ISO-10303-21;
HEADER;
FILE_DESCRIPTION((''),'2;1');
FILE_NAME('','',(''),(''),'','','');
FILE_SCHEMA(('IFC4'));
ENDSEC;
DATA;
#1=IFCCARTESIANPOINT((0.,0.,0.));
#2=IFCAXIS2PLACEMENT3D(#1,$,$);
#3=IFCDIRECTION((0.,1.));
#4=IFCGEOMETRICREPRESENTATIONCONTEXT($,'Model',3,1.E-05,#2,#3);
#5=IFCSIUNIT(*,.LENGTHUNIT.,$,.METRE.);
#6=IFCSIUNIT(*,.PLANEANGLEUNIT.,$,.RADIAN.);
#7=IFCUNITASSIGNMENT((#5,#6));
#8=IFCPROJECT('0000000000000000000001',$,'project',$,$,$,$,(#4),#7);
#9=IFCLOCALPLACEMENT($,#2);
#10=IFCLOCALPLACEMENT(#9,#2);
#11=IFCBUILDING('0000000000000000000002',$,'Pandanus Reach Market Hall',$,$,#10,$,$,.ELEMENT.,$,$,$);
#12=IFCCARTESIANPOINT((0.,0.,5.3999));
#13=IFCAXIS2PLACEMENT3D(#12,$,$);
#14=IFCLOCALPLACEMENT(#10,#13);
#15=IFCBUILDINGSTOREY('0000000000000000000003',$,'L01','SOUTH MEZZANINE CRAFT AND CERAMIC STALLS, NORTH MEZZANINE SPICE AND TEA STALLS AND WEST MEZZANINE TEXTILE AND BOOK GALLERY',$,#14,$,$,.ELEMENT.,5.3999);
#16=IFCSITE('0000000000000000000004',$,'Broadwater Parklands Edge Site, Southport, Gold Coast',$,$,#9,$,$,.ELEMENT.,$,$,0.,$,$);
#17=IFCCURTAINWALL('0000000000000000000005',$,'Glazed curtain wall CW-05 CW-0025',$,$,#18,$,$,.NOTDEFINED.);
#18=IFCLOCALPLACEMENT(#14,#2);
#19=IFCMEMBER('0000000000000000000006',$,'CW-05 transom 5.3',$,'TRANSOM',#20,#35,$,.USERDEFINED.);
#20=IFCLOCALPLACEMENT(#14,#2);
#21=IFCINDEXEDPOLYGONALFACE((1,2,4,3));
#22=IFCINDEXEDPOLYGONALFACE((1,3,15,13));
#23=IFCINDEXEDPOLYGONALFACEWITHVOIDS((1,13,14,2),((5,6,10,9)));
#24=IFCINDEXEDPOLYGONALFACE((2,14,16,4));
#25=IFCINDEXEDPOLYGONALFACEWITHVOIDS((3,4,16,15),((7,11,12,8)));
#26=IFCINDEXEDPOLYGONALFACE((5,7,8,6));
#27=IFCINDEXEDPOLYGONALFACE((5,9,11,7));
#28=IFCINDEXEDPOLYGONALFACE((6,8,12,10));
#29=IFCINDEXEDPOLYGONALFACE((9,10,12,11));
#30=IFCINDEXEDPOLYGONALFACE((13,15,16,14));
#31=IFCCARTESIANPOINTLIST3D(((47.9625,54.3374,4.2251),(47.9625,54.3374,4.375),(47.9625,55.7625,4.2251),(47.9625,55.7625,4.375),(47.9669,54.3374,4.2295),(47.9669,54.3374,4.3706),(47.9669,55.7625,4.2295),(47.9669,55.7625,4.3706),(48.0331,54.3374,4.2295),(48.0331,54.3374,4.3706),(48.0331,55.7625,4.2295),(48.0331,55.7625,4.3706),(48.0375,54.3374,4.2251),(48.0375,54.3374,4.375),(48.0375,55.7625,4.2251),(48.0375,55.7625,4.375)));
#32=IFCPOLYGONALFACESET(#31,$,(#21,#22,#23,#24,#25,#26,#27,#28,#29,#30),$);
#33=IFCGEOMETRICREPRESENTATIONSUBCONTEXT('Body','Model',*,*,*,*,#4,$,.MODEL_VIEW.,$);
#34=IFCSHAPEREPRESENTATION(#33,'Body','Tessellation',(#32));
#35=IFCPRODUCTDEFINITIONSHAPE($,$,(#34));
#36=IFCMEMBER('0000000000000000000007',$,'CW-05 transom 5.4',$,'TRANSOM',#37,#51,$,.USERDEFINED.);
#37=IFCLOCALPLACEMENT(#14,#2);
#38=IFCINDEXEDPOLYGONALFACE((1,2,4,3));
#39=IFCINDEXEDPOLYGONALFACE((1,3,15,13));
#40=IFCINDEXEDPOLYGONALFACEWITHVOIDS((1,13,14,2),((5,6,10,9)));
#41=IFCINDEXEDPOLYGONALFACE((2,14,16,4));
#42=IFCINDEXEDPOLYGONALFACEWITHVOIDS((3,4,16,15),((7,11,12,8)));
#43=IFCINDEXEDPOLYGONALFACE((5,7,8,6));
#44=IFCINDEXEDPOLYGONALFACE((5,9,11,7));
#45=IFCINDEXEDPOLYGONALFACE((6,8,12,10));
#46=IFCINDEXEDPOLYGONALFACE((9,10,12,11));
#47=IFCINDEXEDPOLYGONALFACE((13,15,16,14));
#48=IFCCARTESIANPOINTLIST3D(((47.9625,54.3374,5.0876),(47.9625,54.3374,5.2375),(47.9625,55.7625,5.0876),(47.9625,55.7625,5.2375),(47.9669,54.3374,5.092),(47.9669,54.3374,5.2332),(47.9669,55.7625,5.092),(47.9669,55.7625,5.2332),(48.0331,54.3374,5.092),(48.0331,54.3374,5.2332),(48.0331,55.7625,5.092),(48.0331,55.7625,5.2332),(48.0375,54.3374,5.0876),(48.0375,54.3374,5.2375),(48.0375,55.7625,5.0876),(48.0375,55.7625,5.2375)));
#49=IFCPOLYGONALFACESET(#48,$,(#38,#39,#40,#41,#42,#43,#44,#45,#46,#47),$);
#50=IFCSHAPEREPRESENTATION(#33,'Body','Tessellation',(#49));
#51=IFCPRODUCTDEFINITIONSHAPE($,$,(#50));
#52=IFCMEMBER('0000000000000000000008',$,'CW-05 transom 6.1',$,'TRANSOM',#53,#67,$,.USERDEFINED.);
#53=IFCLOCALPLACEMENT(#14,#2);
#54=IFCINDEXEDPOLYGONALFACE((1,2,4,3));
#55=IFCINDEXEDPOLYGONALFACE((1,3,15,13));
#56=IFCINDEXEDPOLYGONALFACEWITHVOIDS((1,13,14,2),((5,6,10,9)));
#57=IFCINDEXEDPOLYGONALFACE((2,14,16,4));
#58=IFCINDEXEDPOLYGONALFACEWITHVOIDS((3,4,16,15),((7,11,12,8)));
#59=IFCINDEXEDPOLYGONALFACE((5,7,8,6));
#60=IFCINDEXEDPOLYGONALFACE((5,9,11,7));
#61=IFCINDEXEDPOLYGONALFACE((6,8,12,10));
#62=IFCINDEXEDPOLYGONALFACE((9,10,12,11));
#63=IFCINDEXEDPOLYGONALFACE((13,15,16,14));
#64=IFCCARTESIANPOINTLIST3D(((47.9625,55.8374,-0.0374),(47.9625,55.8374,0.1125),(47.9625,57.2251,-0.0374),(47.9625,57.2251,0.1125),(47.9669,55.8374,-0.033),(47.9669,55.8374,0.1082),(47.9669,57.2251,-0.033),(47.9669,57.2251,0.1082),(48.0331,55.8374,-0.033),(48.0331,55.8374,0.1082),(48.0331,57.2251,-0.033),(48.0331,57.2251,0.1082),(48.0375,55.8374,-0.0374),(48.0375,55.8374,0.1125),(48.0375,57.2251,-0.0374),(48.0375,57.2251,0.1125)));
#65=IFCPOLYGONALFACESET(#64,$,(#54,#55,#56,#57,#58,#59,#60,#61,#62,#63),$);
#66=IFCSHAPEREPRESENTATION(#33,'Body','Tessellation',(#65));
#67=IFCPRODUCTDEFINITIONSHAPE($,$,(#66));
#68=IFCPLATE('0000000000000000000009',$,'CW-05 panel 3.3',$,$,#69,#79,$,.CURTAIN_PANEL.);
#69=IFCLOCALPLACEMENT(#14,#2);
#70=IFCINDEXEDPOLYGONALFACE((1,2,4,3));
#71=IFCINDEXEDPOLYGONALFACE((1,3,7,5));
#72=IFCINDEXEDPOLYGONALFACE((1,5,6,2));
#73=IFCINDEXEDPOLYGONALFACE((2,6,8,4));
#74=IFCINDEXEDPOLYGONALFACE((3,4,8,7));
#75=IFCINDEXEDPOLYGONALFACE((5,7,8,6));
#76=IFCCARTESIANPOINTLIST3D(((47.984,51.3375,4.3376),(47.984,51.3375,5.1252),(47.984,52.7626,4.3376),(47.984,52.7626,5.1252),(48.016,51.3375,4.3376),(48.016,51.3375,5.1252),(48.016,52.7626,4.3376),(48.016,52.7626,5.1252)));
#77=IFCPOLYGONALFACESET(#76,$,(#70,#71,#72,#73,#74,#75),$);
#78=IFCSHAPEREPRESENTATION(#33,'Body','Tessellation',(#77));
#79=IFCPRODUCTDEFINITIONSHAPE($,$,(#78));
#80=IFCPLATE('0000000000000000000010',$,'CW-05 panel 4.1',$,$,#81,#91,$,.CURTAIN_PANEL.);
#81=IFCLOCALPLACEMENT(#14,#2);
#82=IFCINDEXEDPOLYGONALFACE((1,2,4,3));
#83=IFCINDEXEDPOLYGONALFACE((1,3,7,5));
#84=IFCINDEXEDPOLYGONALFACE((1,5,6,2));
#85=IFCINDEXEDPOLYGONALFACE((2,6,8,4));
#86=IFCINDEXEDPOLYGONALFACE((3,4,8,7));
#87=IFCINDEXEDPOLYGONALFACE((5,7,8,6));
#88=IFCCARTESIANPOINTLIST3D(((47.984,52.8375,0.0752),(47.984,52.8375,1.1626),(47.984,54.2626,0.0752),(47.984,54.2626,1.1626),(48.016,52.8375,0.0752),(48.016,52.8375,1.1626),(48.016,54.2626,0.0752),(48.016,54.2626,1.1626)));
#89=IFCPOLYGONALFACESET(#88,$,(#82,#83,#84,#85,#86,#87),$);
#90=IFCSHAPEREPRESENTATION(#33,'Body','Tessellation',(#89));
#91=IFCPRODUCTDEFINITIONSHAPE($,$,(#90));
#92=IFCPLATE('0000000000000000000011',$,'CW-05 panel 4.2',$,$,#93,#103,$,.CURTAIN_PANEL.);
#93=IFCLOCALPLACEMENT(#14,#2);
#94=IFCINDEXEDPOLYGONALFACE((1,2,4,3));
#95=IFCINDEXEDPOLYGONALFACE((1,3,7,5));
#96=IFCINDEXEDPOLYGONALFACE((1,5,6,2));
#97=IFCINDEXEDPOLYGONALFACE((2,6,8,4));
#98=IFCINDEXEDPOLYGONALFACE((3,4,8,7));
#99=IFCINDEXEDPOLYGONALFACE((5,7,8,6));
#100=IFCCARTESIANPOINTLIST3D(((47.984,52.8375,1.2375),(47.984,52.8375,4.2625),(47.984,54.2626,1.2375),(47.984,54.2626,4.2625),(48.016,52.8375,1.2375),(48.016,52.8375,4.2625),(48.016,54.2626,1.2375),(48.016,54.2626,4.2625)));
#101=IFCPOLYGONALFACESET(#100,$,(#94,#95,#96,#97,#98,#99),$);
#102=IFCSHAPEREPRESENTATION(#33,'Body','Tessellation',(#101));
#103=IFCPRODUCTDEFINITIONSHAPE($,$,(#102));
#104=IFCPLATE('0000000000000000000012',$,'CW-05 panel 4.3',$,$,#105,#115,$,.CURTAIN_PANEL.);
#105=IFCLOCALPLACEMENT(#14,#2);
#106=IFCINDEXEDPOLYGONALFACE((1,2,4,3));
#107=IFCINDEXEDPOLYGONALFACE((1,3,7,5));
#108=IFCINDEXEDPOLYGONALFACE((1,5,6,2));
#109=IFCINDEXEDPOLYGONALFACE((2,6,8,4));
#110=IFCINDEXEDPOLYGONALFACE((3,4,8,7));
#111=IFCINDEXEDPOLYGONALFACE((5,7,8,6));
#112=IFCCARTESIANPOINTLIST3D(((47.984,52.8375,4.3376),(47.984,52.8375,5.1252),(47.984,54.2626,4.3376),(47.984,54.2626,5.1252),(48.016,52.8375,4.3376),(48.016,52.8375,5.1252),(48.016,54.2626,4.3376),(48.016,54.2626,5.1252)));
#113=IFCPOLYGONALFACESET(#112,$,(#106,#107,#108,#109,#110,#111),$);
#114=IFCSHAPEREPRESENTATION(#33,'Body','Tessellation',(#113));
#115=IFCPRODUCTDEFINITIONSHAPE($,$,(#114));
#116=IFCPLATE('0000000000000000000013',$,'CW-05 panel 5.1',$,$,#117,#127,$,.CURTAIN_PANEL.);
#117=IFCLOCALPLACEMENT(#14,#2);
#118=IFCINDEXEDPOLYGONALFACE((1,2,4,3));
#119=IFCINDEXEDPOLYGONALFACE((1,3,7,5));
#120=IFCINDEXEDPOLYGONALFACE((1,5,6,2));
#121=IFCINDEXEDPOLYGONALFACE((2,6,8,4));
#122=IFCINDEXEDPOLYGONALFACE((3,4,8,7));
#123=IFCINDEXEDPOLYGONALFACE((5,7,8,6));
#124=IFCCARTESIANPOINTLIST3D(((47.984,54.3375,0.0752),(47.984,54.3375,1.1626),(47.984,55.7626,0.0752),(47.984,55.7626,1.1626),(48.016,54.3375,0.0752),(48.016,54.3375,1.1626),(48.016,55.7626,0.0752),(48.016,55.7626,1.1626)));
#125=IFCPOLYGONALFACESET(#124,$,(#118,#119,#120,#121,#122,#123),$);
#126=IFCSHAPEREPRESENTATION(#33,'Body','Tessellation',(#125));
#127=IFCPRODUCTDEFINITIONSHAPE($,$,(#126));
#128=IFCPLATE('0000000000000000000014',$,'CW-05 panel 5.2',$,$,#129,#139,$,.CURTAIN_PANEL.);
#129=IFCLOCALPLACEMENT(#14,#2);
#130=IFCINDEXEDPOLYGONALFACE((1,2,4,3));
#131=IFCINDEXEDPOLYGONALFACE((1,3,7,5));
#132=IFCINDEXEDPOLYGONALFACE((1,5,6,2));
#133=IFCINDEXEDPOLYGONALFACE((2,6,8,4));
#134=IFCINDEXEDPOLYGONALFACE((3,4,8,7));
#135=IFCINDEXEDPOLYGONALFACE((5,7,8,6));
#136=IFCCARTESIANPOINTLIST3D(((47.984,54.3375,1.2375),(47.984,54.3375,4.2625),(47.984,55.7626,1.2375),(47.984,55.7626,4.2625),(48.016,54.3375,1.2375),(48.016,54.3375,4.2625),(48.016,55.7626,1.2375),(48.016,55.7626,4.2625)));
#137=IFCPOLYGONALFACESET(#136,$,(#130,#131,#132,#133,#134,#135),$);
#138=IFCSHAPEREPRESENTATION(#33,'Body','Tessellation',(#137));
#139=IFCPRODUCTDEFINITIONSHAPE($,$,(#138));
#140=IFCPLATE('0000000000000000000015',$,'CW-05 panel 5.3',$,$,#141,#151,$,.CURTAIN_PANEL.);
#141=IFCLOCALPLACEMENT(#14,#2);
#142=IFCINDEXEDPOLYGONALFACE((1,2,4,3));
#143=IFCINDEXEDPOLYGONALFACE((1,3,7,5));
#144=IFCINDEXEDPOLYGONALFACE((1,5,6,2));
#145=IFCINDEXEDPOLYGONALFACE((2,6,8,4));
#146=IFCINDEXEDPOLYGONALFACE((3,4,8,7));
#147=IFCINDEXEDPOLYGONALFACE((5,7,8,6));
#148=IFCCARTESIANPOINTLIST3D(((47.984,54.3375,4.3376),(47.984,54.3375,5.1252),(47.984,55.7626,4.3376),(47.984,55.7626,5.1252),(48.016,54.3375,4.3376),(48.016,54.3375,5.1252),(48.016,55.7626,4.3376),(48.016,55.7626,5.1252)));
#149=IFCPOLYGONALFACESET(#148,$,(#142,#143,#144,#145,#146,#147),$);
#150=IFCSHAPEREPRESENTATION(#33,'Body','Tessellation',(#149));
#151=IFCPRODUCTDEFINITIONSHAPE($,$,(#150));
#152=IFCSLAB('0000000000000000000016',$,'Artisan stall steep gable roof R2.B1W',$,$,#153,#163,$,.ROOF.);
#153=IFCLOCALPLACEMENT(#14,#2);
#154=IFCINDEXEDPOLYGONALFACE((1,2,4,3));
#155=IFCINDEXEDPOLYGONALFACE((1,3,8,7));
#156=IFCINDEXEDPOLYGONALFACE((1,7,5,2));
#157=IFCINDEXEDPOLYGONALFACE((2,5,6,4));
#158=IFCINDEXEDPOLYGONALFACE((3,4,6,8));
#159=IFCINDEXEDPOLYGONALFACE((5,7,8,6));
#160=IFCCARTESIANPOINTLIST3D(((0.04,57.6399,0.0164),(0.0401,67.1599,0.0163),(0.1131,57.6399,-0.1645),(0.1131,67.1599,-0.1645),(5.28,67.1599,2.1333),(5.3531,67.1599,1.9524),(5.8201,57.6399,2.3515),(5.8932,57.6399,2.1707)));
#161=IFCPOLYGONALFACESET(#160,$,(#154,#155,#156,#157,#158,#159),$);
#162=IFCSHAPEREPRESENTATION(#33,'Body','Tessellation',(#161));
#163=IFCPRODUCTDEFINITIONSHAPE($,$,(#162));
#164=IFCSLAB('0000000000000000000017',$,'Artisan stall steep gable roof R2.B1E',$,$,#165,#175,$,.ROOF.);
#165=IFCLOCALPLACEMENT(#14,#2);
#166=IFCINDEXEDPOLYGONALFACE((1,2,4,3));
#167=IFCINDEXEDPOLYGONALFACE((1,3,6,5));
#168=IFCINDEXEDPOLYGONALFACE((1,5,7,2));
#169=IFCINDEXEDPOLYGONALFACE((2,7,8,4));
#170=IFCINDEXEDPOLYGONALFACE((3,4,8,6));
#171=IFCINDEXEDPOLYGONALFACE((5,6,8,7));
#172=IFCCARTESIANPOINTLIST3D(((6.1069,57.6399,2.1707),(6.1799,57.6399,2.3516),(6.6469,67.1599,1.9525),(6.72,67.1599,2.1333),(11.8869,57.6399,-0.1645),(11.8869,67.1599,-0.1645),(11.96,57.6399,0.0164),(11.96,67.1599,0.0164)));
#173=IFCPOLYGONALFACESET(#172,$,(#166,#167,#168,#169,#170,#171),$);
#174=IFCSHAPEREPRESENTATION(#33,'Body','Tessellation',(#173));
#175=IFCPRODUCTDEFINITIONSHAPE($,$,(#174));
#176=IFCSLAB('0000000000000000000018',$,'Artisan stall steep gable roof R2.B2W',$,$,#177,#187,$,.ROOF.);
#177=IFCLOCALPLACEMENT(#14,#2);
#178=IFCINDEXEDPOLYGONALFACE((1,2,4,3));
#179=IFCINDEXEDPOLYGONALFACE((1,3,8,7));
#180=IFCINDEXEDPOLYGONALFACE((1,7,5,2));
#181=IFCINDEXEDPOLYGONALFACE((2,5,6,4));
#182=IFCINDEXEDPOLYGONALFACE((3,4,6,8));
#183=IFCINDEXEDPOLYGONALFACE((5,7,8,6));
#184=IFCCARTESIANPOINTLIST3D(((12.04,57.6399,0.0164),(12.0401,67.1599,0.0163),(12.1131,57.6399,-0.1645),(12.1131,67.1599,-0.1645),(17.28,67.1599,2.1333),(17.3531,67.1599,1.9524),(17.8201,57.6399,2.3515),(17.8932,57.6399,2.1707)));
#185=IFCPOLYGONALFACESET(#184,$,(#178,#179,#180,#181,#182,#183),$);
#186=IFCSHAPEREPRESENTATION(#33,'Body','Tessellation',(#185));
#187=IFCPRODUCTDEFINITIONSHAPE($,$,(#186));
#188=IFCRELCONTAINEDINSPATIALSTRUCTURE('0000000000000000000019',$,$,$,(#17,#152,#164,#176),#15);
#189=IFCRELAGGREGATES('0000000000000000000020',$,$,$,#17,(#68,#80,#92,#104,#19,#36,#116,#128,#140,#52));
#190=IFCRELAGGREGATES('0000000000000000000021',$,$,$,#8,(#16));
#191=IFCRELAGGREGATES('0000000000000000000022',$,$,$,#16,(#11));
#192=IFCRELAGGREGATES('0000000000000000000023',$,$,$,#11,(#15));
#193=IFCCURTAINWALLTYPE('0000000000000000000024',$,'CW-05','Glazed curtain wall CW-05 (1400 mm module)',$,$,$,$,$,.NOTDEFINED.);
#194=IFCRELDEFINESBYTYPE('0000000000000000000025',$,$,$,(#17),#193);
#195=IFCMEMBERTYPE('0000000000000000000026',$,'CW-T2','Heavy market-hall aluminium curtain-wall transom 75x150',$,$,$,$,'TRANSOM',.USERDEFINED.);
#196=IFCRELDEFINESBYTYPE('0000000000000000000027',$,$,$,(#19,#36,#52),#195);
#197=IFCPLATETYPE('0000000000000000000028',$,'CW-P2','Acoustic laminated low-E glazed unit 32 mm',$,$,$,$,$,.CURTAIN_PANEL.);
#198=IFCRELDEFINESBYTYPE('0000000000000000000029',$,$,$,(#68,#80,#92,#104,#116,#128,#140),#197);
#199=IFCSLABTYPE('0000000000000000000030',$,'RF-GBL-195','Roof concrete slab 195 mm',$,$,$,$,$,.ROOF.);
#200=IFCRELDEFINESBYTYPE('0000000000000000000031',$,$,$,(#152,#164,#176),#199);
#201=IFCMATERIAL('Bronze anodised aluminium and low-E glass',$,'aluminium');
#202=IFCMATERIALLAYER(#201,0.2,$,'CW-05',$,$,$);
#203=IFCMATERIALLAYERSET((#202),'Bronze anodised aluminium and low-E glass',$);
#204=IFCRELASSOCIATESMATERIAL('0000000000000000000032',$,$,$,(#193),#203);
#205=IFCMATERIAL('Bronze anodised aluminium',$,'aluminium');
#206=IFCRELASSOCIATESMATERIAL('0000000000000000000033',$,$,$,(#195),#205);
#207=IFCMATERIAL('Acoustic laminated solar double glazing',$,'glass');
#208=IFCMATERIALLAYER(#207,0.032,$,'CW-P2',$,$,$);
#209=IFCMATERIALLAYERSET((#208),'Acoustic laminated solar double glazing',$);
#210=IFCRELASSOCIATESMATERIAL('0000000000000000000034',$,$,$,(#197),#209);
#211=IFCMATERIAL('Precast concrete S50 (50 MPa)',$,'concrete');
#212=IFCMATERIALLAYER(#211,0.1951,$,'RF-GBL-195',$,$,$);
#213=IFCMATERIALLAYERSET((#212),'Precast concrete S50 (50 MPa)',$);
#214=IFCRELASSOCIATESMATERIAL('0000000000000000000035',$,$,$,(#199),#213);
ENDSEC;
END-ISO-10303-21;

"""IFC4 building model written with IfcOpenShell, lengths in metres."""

from ifc_helpers import new_model, si_unit, direction, frame, origin, origin_2d, place, context, subcontext, project, spatial, polyline, rectangle, hollow_rectangle, outline, extrude, material, layer, layer_set, material_profile, profile_set, type_object, element, aggregate, save


model = new_model("IFC4")

# Units and contexts
model_context = context("Model", 3, precision=1e-05, world=origin(), true_north=direction((0.0, 1.0)))
body_context = subcontext(model_context, "Body", "Model", "MODEL_VIEW")
ifc_project = project(units=[si_unit("LENGTHUNIT", "METRE"), si_unit("PLANEANGLEUNIT", "RADIAN")], contexts=[model_context])

# Site, building, storey
site_placement = place(None, origin())
site = spatial("IfcSite", under=ifc_project, at=site_placement, Name="Broadwater Parklands Edge Site, Southport, Gold Coast", CompositionType="ELEMENT", RefElevation=0.0)
building_placement = place(site_placement, origin())
building = spatial("IfcBuilding", under=site, at=building_placement, Name="Pandanus Reach Market Hall", CompositionType="ELEMENT")
storey_placement = place(building_placement, frame((0.0, 0.0, 5.3999)))
storey = spatial("IfcBuildingStorey", under=building, at=storey_placement, Name="L01", Description="SOUTH MEZZANINE CRAFT AND CERAMIC STALLS, NORTH MEZZANINE SPICE AND TEA STALLS AND WEST MEZZANINE TEXTILE AND BOOK GALLERY", CompositionType="ELEMENT", Elevation=5.3999)

# Curtain wall, members, plates
ifc_material_1 = material(Name="Bronze anodised aluminium and low-E glass", Category="aluminium")
ifc_layer_1 = layer(ifc_material_1, 0.2, Name="CW-05")
ifc_layer_set_1 = layer_set([ifc_layer_1], Name="Bronze anodised aluminium and low-E glass")
curtain_wall_type = type_object("IfcCurtainWallType", Name="CW-05", Description="Glazed curtain wall CW-05 (1400 mm module)", PredefinedType="NOTDEFINED", material=ifc_layer_set_1)
curtain_wall_placement = place(storey_placement, origin())
curtain_wall = element("IfcCurtainWall", 1, at=curtain_wall_placement, inside=storey, type_object=curtain_wall_type, Name="Glazed curtain wall CW-05 CW-0025", PredefinedType="NOTDEFINED")
ifc_material_2 = material(Name="Bronze anodised aluminium", Category="aluminium")
ifc_material_profile_1 = material_profile(ifc_material_2, hollow_rectangle(XDim=0.075, YDim=0.1499, WallThickness=0.0044, at=origin_2d()), Name="ALU75x150", Category="LoadBearing")
ifc_profile_set_1 = profile_set([ifc_material_profile_1], Name="Bronze anodised aluminium")
member_type_1 = type_object("IfcMemberType", Name="CW-T2", Description="Heavy market-hall aluminium curtain-wall transom 75x150", ElementType="TRANSOM", PredefinedType="USERDEFINED", material=ifc_profile_set_1)
member_1_placement = place(storey_placement, frame((48.0, 54.3374, 4.3), z_axis=(0.0, 1.0, 0.0), x_axis=(-1.0, 0.0, 0.0)))
member_1 = element("IfcMember", 2, at=member_1_placement, type_object=member_type_1, Name="CW-05 transom 5.3", ObjectType="TRANSOM", PredefinedType="USERDEFINED", context=body_context, shape_type="SweptSolid", body=[
    extrude(hollow_rectangle(XDim=0.075, YDim=0.1499, WallThickness=0.0044, at=origin_2d()), origin(), (0.0, 0.0, 1.0), 1.425),
])
member_2_placement = place(storey_placement, frame((48.0, 54.3374, 5.1626), z_axis=(0.0, 1.0, 0.0), x_axis=(-1.0, 0.0, 0.0)))
member_2 = element("IfcMember", 3, at=member_2_placement, type_object=member_type_1, Name="CW-05 transom 5.4", ObjectType="TRANSOM", PredefinedType="USERDEFINED", context=body_context, shape_type="SweptSolid", body=[
    extrude(hollow_rectangle(XDim=0.075, YDim=0.1499, WallThickness=0.0044, at=origin_2d()), origin(), (0.0, 0.0, 1.0), 1.425),
])
member_3_placement = place(storey_placement, frame((48.0, 55.8374, 0.0376), z_axis=(0.0, 1.0, 0.0), x_axis=(-1.0, 0.0, 0.0)))
member_3 = element("IfcMember", 4, at=member_3_placement, type_object=member_type_1, Name="CW-05 transom 6.1", ObjectType="TRANSOM", PredefinedType="USERDEFINED", context=body_context, shape_type="SweptSolid", body=[
    extrude(hollow_rectangle(XDim=0.075, YDim=0.1499, WallThickness=0.0044, at=origin_2d()), origin(), (0.0, 0.0, 1.0), 1.3877),
])
ifc_material_3 = material(Name="Acoustic laminated solar double glazing", Category="glass")
ifc_layer_2 = layer(ifc_material_3, 0.032, Name="CW-P2")
ifc_layer_set_2 = layer_set([ifc_layer_2], Name="Acoustic laminated solar double glazing")
plate_type = type_object("IfcPlateType", Name="CW-P2", Description="Acoustic laminated low-E glazed unit 32 mm", PredefinedType="CURTAIN_PANEL", material=ifc_layer_set_2)
plate_1_placement = place(storey_placement, frame((48.0, 52.05, 4.3376), z_axis=(0.0, 0.0, 1.0), x_axis=(0.0, 1.0, 0.0)))
plate_1 = element("IfcPlate", 5, at=plate_1_placement, type_object=plate_type, Name="CW-05 panel 3.3", PredefinedType="CURTAIN_PANEL", context=body_context, shape_type="SweptSolid", body=[
    extrude(rectangle(XDim=1.425, YDim=0.032, at=origin_2d()), origin(), (0.0, 0.0, 1.0), 0.7876),
])
plate_2_placement = place(storey_placement, frame((48.0, 53.55, 0.0752), z_axis=(0.0, 0.0, 1.0), x_axis=(0.0, 1.0, 0.0)))
plate_2 = element("IfcPlate", 6, at=plate_2_placement, type_object=plate_type, Name="CW-05 panel 4.1", PredefinedType="CURTAIN_PANEL", context=body_context, shape_type="SweptSolid", body=[
    extrude(rectangle(XDim=1.425, YDim=0.032, at=origin_2d()), origin(), (0.0, 0.0, 1.0), 1.0874),
])
plate_3_placement = place(storey_placement, frame((48.0, 53.55, 1.2375), z_axis=(0.0, 0.0, 1.0), x_axis=(0.0, 1.0, 0.0)))
plate_3 = element("IfcPlate", 7, at=plate_3_placement, type_object=plate_type, Name="CW-05 panel 4.2", PredefinedType="CURTAIN_PANEL", context=body_context, shape_type="SweptSolid", body=[
    extrude(rectangle(XDim=1.425, YDim=0.032, at=origin_2d()), origin(), (0.0, 0.0, 1.0), 3.0249),
])
plate_4_placement = place(storey_placement, frame((48.0, 53.55, 4.3376), z_axis=(0.0, 0.0, 1.0), x_axis=(0.0, 1.0, 0.0)))
plate_4 = element("IfcPlate", 8, at=plate_4_placement, type_object=plate_type, Name="CW-05 panel 4.3", PredefinedType="CURTAIN_PANEL", context=body_context, shape_type="SweptSolid", body=[
    extrude(rectangle(XDim=1.425, YDim=0.032, at=origin_2d()), origin(), (0.0, 0.0, 1.0), 0.7876),
])
plate_5_placement = place(storey_placement, frame((48.0, 55.05, 0.0752), z_axis=(0.0, 0.0, 1.0), x_axis=(0.0, 1.0, 0.0)))
plate_5 = element("IfcPlate", 9, at=plate_5_placement, type_object=plate_type, Name="CW-05 panel 5.1", PredefinedType="CURTAIN_PANEL", context=body_context, shape_type="SweptSolid", body=[
    extrude(rectangle(XDim=1.425, YDim=0.032, at=origin_2d()), origin(), (0.0, 0.0, 1.0), 1.0874),
])
plate_6_placement = place(storey_placement, frame((48.0, 55.05, 1.2375), z_axis=(0.0, 0.0, 1.0), x_axis=(0.0, 1.0, 0.0)))
plate_6 = element("IfcPlate", 10, at=plate_6_placement, type_object=plate_type, Name="CW-05 panel 5.2", PredefinedType="CURTAIN_PANEL", context=body_context, shape_type="SweptSolid", body=[
    extrude(rectangle(XDim=1.425, YDim=0.032, at=origin_2d()), origin(), (0.0, 0.0, 1.0), 3.0249),
])
plate_7_placement = place(storey_placement, frame((48.0, 55.05, 4.3376), z_axis=(0.0, 0.0, 1.0), x_axis=(0.0, 1.0, 0.0)))
plate_7 = element("IfcPlate", 11, at=plate_7_placement, type_object=plate_type, Name="CW-05 panel 5.3", PredefinedType="CURTAIN_PANEL", context=body_context, shape_type="SweptSolid", body=[
    extrude(rectangle(XDim=1.425, YDim=0.032, at=origin_2d()), origin(), (0.0, 0.0, 1.0), 0.7876),
])
aggregate(curtain_wall, [plate_1, plate_2, plate_3, plate_4, member_1, member_2, plate_5, plate_6, plate_7, member_3])

# Slabs
ifc_material_4 = material(Name="Precast concrete S50 (50 MPa)", Category="concrete")
ifc_layer_3 = layer(ifc_material_4, 0.1951, Name="RF-GBL-195")
ifc_layer_set_3 = layer_set([ifc_layer_3], Name="Precast concrete S50 (50 MPa)")
slab_type = type_object("IfcSlabType", Name="RF-GBL-195", Description="Roof concrete slab 195 mm", PredefinedType="ROOF", material=ifc_layer_set_3)
slab_1_placement = place(storey_placement, frame((0.04, 57.6399, 0.0164), z_axis=(-0.37459, 0.000004, 0.927191), x_axis=(0.927191, 0.0, 0.37459)))
element("IfcSlab", 12, at=slab_1_placement, inside=storey, type_object=slab_type, Name="Artisan stall steep gable roof R2.B1W", PredefinedType="ROOF", context=body_context, shape_type="SweptSolid", body=[
    extrude(outline(polyline([(0.0, 0.0), (6.2339, 0.0), (5.6515, 9.52), (0.0, 9.52), (0.0, 0.0)])), origin(), (0.0, 0.0, -1.0), 0.1951),
])
slab_2_placement = place(storey_placement, frame((6.1799, 57.6399, 2.3516), z_axis=(0.37459, 0.000004, 0.927191), x_axis=(0.927191, 0.0, -0.37459)))
element("IfcSlab", 13, at=slab_2_placement, inside=storey, type_object=slab_type, Name="Artisan stall steep gable roof R2.B1E", PredefinedType="ROOF", context=body_context, shape_type="SweptSolid", body=[
    extrude(outline(polyline([(0.0, 0.0), (6.2339, 0.0), (6.2339, 9.52), (0.5825, 9.52), (0.0, 0.0)])), origin(), (0.0, 0.0, -1.0), 0.1951),
])
slab_3_placement = place(storey_placement, frame((12.04, 57.6399, 0.0164), z_axis=(-0.37459, 0.000004, 0.927191), x_axis=(0.927191, 0.0, 0.37459)))
element("IfcSlab", 14, at=slab_3_placement, inside=storey, type_object=slab_type, Name="Artisan stall steep gable roof R2.B2W", PredefinedType="ROOF", context=body_context, shape_type="SweptSolid", body=[
    extrude(outline(polyline([(0.0, 0.0), (6.2339, 0.0), (5.6515, 9.52), (0.0, 9.52), (0.0, 0.0)])), origin(), (0.0, 0.0, -1.0), 0.1951),
])

save(model, "model.ifc")
